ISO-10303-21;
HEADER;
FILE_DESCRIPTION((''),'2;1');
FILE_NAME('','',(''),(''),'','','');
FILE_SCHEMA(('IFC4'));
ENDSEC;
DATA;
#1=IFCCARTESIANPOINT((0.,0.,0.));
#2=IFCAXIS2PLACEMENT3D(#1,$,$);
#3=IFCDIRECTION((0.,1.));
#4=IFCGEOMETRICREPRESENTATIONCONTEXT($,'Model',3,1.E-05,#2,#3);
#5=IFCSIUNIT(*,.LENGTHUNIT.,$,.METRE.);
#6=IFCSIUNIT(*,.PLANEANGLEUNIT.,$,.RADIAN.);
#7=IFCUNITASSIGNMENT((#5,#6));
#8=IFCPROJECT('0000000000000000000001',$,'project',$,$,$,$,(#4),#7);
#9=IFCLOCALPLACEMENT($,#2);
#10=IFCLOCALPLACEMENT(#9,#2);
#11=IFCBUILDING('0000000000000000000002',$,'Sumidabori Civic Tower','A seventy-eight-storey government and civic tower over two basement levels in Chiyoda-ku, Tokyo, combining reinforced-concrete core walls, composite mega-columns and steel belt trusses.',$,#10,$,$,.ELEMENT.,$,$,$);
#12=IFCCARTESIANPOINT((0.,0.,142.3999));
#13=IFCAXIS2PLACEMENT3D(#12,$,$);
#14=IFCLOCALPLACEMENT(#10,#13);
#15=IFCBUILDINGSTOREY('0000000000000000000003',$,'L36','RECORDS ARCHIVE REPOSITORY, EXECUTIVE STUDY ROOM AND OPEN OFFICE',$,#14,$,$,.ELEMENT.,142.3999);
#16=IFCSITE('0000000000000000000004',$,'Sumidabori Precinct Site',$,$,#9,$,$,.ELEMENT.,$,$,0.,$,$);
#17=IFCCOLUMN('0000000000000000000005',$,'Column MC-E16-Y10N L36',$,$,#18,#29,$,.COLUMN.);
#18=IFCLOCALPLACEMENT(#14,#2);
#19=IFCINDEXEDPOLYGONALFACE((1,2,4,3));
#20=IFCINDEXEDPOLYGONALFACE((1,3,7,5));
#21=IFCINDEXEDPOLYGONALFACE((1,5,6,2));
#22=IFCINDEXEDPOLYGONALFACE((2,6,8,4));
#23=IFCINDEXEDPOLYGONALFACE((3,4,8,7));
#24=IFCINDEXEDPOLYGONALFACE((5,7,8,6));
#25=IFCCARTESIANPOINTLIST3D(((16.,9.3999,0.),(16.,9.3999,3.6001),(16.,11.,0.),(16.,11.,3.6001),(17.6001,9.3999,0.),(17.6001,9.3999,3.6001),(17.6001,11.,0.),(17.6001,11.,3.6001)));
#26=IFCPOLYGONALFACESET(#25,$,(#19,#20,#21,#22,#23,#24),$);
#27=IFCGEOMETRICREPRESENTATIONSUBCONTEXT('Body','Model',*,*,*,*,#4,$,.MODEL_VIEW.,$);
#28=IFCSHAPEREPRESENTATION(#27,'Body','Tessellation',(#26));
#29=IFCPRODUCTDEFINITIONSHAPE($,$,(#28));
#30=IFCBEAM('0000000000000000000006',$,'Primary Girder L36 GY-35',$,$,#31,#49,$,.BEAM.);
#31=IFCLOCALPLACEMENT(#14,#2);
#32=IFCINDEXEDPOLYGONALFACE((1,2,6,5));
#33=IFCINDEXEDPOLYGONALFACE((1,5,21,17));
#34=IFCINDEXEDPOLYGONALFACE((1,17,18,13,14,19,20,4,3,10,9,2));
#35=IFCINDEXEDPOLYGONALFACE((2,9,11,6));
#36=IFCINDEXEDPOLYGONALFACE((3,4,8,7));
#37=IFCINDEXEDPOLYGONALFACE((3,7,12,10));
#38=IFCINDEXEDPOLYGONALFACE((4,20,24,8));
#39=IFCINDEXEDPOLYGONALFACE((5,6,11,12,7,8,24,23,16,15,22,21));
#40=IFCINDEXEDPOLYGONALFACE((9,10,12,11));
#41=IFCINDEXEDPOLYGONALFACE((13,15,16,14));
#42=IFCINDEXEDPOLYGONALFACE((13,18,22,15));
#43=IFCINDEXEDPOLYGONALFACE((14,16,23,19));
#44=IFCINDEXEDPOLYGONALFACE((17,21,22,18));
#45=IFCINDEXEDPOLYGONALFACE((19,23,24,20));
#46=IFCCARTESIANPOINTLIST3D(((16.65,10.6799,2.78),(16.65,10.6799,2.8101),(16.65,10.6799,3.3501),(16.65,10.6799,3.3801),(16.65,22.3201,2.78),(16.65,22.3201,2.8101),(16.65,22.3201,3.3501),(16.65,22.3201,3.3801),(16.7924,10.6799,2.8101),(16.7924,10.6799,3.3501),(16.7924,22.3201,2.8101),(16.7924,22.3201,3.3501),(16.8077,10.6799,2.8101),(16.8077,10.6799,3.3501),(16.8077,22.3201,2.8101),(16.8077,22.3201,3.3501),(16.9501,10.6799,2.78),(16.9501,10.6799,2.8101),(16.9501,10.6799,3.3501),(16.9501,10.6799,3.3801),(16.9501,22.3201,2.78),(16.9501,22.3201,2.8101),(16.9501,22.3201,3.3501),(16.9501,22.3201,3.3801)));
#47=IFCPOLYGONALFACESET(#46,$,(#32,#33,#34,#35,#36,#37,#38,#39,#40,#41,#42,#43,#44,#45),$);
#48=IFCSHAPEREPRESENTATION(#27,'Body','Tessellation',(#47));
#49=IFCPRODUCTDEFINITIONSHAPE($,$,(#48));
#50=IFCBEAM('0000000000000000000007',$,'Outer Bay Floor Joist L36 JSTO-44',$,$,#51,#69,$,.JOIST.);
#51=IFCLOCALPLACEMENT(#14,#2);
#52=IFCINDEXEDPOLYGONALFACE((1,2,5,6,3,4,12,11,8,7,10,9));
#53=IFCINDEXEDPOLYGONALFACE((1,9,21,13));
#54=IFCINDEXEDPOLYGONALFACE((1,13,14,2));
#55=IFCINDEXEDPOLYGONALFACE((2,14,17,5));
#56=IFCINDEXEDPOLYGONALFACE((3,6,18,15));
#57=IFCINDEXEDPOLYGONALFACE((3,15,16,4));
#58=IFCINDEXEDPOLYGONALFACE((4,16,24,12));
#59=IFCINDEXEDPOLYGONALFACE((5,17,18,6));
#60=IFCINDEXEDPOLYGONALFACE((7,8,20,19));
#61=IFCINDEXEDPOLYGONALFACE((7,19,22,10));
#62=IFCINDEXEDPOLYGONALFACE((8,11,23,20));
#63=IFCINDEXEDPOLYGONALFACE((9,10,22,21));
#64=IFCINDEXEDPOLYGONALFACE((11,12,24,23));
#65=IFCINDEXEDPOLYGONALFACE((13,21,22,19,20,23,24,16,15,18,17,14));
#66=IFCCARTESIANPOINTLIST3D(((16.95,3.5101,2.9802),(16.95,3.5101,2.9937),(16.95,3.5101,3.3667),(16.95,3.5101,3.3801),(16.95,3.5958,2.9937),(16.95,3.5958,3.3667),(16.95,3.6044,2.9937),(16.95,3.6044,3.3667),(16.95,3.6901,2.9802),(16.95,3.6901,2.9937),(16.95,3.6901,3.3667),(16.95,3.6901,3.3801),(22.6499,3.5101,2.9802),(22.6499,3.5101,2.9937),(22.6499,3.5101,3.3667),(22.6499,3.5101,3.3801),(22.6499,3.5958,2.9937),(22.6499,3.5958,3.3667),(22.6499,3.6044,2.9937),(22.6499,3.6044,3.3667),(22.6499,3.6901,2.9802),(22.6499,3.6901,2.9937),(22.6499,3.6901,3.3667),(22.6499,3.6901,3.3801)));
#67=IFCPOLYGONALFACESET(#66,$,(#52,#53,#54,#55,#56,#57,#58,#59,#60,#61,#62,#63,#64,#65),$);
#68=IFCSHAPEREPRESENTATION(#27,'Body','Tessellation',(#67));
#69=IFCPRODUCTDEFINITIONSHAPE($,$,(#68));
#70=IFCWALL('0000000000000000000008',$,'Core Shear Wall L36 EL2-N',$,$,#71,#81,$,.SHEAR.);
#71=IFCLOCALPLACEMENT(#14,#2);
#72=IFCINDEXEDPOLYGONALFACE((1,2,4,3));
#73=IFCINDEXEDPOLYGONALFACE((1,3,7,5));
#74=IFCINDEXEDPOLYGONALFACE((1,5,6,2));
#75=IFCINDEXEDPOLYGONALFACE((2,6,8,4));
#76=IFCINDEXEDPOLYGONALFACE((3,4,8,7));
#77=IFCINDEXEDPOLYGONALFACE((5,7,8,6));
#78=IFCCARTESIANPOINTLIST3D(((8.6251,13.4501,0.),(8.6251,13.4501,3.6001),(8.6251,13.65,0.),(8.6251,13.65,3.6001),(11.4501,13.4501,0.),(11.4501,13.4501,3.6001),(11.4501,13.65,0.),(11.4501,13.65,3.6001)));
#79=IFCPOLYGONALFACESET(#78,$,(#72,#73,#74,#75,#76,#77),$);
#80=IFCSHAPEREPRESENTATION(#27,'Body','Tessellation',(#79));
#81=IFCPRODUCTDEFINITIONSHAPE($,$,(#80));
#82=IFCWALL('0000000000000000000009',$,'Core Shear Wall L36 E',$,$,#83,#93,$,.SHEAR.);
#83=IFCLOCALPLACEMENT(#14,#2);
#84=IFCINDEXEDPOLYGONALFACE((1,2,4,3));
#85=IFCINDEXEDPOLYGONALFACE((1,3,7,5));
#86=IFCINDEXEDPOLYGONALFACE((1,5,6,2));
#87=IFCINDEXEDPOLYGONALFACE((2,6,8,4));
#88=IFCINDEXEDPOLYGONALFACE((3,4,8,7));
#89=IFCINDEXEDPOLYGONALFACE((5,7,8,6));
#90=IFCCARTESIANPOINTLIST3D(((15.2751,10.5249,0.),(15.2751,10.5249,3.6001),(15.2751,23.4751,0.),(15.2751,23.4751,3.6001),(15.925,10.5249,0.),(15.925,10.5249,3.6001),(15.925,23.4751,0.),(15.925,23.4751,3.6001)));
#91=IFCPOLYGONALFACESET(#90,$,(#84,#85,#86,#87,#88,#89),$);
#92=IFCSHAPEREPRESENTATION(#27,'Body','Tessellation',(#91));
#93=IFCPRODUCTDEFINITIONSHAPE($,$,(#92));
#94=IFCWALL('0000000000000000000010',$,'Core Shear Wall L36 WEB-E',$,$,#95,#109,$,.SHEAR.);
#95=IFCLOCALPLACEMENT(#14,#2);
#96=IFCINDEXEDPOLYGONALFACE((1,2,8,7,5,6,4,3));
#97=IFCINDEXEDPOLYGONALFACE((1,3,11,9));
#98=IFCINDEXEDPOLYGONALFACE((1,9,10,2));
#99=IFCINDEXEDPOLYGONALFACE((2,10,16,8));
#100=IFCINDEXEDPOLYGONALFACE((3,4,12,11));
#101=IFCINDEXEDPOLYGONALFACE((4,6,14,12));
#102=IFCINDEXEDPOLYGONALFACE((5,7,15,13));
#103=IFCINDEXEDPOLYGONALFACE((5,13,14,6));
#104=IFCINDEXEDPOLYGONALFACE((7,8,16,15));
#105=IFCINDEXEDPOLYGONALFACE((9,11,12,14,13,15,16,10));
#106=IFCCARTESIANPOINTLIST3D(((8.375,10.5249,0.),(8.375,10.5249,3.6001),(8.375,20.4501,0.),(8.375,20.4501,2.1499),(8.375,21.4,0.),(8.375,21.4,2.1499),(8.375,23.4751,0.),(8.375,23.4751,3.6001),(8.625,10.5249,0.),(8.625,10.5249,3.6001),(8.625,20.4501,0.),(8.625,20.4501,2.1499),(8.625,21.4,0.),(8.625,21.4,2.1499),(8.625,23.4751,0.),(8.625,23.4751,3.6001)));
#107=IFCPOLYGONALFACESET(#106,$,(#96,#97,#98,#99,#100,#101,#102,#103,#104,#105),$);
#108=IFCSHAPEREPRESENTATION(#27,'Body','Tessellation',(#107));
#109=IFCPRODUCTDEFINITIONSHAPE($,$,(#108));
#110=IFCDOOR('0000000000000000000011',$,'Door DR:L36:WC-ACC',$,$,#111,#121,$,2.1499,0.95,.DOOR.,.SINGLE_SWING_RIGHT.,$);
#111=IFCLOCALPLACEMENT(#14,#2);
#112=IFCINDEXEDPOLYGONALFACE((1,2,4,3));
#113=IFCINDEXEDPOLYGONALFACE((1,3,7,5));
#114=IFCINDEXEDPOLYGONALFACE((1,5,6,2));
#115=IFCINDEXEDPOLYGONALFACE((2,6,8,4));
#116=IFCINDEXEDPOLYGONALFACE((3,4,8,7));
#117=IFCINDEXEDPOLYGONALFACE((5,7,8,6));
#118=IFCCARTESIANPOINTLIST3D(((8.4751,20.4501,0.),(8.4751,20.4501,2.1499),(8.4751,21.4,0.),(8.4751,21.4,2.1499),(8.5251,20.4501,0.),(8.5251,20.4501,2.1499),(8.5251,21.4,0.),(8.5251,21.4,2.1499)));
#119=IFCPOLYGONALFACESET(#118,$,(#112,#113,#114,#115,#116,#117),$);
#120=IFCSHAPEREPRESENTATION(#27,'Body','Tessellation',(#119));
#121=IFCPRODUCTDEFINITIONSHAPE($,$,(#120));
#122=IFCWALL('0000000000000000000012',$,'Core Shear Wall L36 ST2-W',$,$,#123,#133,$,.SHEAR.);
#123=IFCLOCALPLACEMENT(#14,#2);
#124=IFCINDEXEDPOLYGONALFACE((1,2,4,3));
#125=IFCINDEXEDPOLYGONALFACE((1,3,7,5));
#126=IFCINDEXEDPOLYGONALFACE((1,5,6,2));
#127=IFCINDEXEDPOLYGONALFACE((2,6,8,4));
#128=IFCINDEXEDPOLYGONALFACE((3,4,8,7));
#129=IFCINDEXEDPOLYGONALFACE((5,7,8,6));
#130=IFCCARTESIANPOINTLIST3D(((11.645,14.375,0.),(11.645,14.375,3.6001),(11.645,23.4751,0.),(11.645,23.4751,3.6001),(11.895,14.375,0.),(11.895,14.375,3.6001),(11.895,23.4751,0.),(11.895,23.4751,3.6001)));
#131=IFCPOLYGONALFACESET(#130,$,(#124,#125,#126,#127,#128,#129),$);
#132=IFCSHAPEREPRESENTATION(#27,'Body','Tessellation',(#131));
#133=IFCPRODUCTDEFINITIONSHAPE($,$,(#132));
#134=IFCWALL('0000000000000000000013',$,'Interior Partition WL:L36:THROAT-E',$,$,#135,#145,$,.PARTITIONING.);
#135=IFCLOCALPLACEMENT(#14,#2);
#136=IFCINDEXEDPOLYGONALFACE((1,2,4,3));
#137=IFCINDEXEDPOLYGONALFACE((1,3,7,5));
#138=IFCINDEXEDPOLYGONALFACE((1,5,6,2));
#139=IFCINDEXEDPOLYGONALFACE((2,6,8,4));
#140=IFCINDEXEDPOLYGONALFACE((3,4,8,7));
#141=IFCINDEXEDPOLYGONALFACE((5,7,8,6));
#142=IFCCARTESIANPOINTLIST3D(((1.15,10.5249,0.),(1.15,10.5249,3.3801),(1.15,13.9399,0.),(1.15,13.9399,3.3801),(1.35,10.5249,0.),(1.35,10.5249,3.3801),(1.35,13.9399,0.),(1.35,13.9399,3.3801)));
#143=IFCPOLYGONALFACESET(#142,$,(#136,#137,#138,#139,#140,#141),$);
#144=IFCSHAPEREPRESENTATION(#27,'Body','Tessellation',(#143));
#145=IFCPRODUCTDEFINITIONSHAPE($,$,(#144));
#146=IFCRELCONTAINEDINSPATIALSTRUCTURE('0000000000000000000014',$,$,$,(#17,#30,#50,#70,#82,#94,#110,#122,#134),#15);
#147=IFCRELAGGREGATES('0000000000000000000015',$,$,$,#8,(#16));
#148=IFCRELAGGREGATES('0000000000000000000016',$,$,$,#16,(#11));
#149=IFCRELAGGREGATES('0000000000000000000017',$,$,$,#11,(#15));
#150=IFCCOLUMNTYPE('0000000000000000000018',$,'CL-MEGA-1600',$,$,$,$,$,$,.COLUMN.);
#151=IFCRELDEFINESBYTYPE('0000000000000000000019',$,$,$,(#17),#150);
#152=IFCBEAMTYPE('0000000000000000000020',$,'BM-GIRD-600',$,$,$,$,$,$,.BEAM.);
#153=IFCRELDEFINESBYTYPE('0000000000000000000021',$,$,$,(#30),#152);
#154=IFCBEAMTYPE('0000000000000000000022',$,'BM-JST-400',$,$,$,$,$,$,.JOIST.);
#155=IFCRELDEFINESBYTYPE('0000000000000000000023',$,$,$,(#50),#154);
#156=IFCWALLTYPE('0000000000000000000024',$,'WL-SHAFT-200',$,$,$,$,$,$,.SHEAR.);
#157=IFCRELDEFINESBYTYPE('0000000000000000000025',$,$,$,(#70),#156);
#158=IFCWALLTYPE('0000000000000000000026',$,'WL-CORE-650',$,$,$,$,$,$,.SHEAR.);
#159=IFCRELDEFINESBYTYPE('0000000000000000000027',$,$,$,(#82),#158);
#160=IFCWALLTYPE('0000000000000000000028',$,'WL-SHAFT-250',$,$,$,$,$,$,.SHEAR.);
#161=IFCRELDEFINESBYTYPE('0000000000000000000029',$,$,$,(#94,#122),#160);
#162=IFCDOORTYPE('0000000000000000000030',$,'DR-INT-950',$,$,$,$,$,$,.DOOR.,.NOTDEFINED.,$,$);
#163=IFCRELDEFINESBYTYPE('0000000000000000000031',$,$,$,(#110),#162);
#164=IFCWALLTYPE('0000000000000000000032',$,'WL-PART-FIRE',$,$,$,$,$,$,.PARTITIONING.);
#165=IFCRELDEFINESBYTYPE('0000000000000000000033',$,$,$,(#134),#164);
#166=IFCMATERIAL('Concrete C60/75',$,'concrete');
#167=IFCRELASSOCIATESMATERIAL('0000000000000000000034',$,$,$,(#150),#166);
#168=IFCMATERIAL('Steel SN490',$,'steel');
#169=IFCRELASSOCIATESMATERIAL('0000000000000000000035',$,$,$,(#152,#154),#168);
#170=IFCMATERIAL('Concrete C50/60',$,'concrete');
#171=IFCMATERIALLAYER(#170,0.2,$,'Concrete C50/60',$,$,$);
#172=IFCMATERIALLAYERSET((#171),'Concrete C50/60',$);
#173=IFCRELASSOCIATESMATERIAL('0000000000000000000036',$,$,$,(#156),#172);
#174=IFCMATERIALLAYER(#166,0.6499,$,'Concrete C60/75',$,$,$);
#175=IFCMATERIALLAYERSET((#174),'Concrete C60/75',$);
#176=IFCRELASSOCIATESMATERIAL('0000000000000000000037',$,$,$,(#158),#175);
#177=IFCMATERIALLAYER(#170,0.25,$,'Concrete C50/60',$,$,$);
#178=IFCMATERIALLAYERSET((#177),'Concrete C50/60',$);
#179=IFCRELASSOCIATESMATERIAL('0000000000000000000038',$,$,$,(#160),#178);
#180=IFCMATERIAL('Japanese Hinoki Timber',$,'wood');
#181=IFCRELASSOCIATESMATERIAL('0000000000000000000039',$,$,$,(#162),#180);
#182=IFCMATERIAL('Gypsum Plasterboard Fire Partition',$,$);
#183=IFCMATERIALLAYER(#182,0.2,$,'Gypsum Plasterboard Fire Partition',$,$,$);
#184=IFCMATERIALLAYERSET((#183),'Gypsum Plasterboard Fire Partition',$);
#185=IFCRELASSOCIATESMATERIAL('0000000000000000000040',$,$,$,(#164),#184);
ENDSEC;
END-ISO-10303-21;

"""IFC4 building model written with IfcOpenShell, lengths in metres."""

from ifc_helpers import new_model, si_unit, direction, frame, frame_2d, origin, origin_2d, place, context, subcontext, project, spatial, rectangle, i_section, extrude, source, transform, mapped, material, layer, layer_set, material_profile, profile_set, type_object, element, fill, save


model = new_model("IFC4")

# Units and contexts
model_context = context("Model", 3, precision=1e-05, world=origin(), true_north=direction((0.0, 1.0)))
body_context = subcontext(model_context, "Body", "Model", "MODEL_VIEW")
ifc_project = project(units=[si_unit("LENGTHUNIT", "METRE"), si_unit("PLANEANGLEUNIT", "RADIAN")], contexts=[model_context])

# Site, building, storey
site_placement = place(None, origin())
site = spatial("IfcSite", under=ifc_project, at=site_placement, Name="Sumidabori Precinct Site", CompositionType="ELEMENT", RefElevation=0.0)
building_placement = place(site_placement, origin())
building = spatial("IfcBuilding", under=site, at=building_placement, Name="Sumidabori Civic Tower", Description="A seventy-eight-storey government and civic tower over two basement levels in Chiyoda-ku, Tokyo, combining reinforced-concrete core walls, composite mega-columns and steel belt trusses.", CompositionType="ELEMENT")
storey_placement = place(building_placement, frame((0.0, 0.0, 142.3999)))
storey = spatial("IfcBuildingStorey", under=building, at=storey_placement, Name="L36", Description="RECORDS ARCHIVE REPOSITORY, EXECUTIVE STUDY ROOM AND OPEN OFFICE", CompositionType="ELEMENT", Elevation=142.3999)

# Column
ifc_material_1 = material(Name="Concrete C60/75", Category="concrete")
ifc_material_profile_1 = material_profile(ifc_material_1, rectangle(XDim=1.6001, YDim=1.6001, at=origin_2d()), Name="RC 1600x1600")
ifc_profile_set_1 = profile_set([ifc_material_profile_1], Name="Concrete C60/75")
column_type = type_object("IfcColumnType", Name="CL-MEGA-1600", PredefinedType="COLUMN", material=ifc_profile_set_1)
shared_shape_1 = source(origin(), body_context, "Body", "SweptSolid", [
    extrude(rectangle(XDim=1.6001, YDim=1.6001, at=origin_2d()), origin(), (0.0, 0.0, 1.0), 3.6001),
])
column_placement = place(storey_placement, frame((16.8, 10.2, 0.0), z_axis=(0.0, 0.0, 1.0), x_axis=(1.0, 0.0, 0.0)))
element("IfcColumn", 1, at=column_placement, inside=storey, type_object=column_type, Name="Column MC-E16-Y10N L36", PredefinedType="COLUMN", context=body_context, shape_type="MappedRepresentation", body=[
    mapped(shared_shape_1, transform((0.0, 0.0, 0.0), x_axis=(1.0, 0.0, 0.0), y_axis=(0.0, 1.0, 0.0), z_axis=(0.0, 0.0, 1.0), scale=1.0)),
])

# Beams
ifc_material_2 = material(Name="Steel SN490", Category="steel")
ifc_material_profile_2 = material_profile(ifc_material_2, i_section(OverallWidth=0.3, OverallDepth=0.6001, WebThickness=0.0154, FlangeThickness=0.03, at=origin_2d()), Name="HE 600 B")
ifc_profile_set_2 = profile_set([ifc_material_profile_2], Name="Steel SN490")
beam_type_1 = type_object("IfcBeamType", Name="BM-GIRD-600", PredefinedType="BEAM", material=ifc_profile_set_2)
shared_shape_2 = source(origin(), body_context, "Body", "SweptSolid", [
    extrude(i_section(OverallWidth=0.3, OverallDepth=0.6001, WebThickness=0.0154, FlangeThickness=0.03, at=origin_2d()), origin(), (0.0, 0.0, 1.0), 11.6401),
])
beam_1_placement = place(storey_placement, frame((16.8, 10.6799, 3.0801), z_axis=(0.0, 1.0, 0.0), x_axis=(-1.0, 0.0, 0.0)))
element("IfcBeam", 2, at=beam_1_placement, inside=storey, type_object=beam_type_1, Name="Primary Girder L36 GY-35", PredefinedType="BEAM", context=body_context, shape_type="MappedRepresentation", body=[
    mapped(shared_shape_2, transform((0.0, 0.0, 0.0), x_axis=(1.0, 0.0, 0.0), y_axis=(0.0, 1.0, 0.0), z_axis=(0.0, 0.0, 1.0), scale=1.0)),
])
ifc_material_profile_3 = material_profile(ifc_material_2, i_section(OverallWidth=0.1799, OverallDepth=0.3999, WebThickness=0.0085, FlangeThickness=0.0134, at=origin_2d()), Name="IPE 400")
ifc_profile_set_3 = profile_set([ifc_material_profile_3], Name="Steel SN490")
beam_type_2 = type_object("IfcBeamType", Name="BM-JST-400", PredefinedType="JOIST", material=ifc_profile_set_3)
shared_shape_3 = source(origin(), body_context, "Body", "SweptSolid", [
    extrude(i_section(OverallWidth=0.1799, OverallDepth=0.3999, WebThickness=0.0085, FlangeThickness=0.0134, at=origin_2d()), origin(), (0.0, 0.0, 1.0), 5.7),
])
beam_2_placement = place(storey_placement, frame((16.95, 3.6001, 3.1802), z_axis=(1.0, 0.0, 0.0), x_axis=(0.0, 1.0, 0.0)))
element("IfcBeam", 3, at=beam_2_placement, inside=storey, type_object=beam_type_2, Name="Outer Bay Floor Joist L36 JSTO-44", PredefinedType="JOIST", context=body_context, shape_type="MappedRepresentation", body=[
    mapped(shared_shape_3, transform((0.0, 0.0, 0.0), x_axis=(1.0, 0.0, 0.0), y_axis=(0.0, 1.0, 0.0), z_axis=(0.0, 0.0, 1.0), scale=1.0)),
])

# Walls
ifc_material_3 = material(Name="Concrete C50/60", Category="concrete")
ifc_layer_1 = layer(ifc_material_3, 0.2, Name="Concrete C50/60")
ifc_layer_set_1 = layer_set([ifc_layer_1], Name="Concrete C50/60")
wall_type_1 = type_object("IfcWallType", Name="WL-SHAFT-200", PredefinedType="SHEAR", material=ifc_layer_set_1)
shared_shape_4 = source(origin(), body_context, "Body", "SweptSolid", [
    extrude(rectangle(XDim=2.825, YDim=0.2, at=frame_2d((1.4126, 0.0))), origin(), (0.0, 0.0, 1.0), 3.6001),
])
wall_1_placement = place(storey_placement, frame((8.625, 13.55, 0.0), z_axis=(0.0, 0.0, 1.0), x_axis=(1.0, 0.0, 0.0)))
element("IfcWall", 4, at=wall_1_placement, inside=storey, type_object=wall_type_1, Name="Core Shear Wall L36 EL2-N", PredefinedType="SHEAR", context=body_context, shape_type="MappedRepresentation", body=[
    mapped(shared_shape_4, transform((0.0, 0.0, 0.0), x_axis=(1.0, 0.0, 0.0), y_axis=(0.0, 1.0, 0.0), z_axis=(0.0, 0.0, 1.0), scale=1.0)),
])
ifc_layer_2 = layer(ifc_material_1, 0.6499, Name="Concrete C60/75")
ifc_layer_set_2 = layer_set([ifc_layer_2], Name="Concrete C60/75")
wall_type_2 = type_object("IfcWallType", Name="WL-CORE-650", PredefinedType="SHEAR", material=ifc_layer_set_2)
shared_shape_5 = source(origin(), body_context, "Body", "SweptSolid", [
    extrude(rectangle(XDim=12.9502, YDim=0.6499, at=frame_2d((6.4751, 0.0))), origin(), (0.0, 0.0, 1.0), 3.6001),
])
wall_2_placement = place(storey_placement, frame((15.6001, 10.5249, 0.0), z_axis=(0.0, 0.0, 1.0), x_axis=(0.0, 1.0, 0.0)))
element("IfcWall", 5, at=wall_2_placement, inside=storey, type_object=wall_type_2, Name="Core Shear Wall L36 E", PredefinedType="SHEAR", context=body_context, shape_type="MappedRepresentation", body=[
    mapped(shared_shape_5, transform((0.0, 0.0, 0.0), x_axis=(1.0, 0.0, 0.0), y_axis=(0.0, 1.0, 0.0), z_axis=(0.0, 0.0, 1.0), scale=1.0)),
])

# Wall, opening, door
ifc_layer_3 = layer(ifc_material_3, 0.25, Name="Concrete C50/60")
ifc_layer_set_3 = layer_set([ifc_layer_3], Name="Concrete C50/60")
wall_type_3 = type_object("IfcWallType", Name="WL-SHAFT-250", PredefinedType="SHEAR", material=ifc_layer_set_3)
shared_shape_6 = source(origin(), body_context, "Body", "SweptSolid", [
    extrude(rectangle(XDim=12.9502, YDim=0.25, at=frame_2d((6.4751, 0.0))), origin(), (0.0, 0.0, 1.0), 3.6001),
])
wall_3_placement = place(storey_placement, frame((8.5, 10.5249, 0.0), z_axis=(0.0, 0.0, 1.0), x_axis=(0.0, 1.0, 0.0)))
wall_3 = element("IfcWall", 6, at=wall_3_placement, inside=storey, type_object=wall_type_3, Name="Core Shear Wall L36 WEB-E", PredefinedType="SHEAR", context=body_context, shape_type="MappedRepresentation", body=[
    mapped(shared_shape_6, transform((0.0, 0.0, 0.0), x_axis=(1.0, 0.0, 0.0), y_axis=(0.0, 1.0, 0.0), z_axis=(0.0, 0.0, 1.0), scale=1.0)),
])
opening_1_placement = place(wall_3_placement, frame((9.925, 0.0, 0.0)))
opening_1 = element("IfcOpeningElement", 7, at=opening_1_placement, cuts=wall_3, PredefinedType="OPENING", context=body_context, shape_type="SweptSolid", body=[
    extrude(rectangle(XDim=0.95, YDim=2.1499, at=frame_2d((0.4751, 1.075))), frame((0.0, 0.137, 0.0), z_axis=(0.0, -1.0, 0.0), x_axis=(1.0, 0.0, 0.0)), (0.0, 0.0, 1.0), 0.2739),
])
ifc_material_4 = material(Name="Japanese Hinoki Timber", Category="wood")
door_type_1 = type_object("IfcDoorType", Name="DR-INT-950", OperationType="NOTDEFINED", PredefinedType="DOOR", material=ifc_material_4)
shared_shape_7 = source(origin(), body_context, "Body", "SweptSolid", [
    extrude(rectangle(XDim=0.95, YDim=2.1499, at=frame_2d((0.4751, 1.075))), frame((0.0, 0.0249, 0.0), z_axis=(0.0, -1.0, 0.0), x_axis=(1.0, 0.0, 0.0)), (0.0, 0.0, 1.0), 0.05),
])
door_1_placement = place(opening_1_placement, origin())
door_1 = element("IfcDoor", 8, at=door_1_placement, inside=storey, type_object=door_type_1, Name="Door DR:L36:WC-ACC", OperationType="SINGLE_SWING_RIGHT", OverallHeight=2.1499, OverallWidth=0.95, PredefinedType="DOOR", context=body_context, shape_type="MappedRepresentation", body=[
    mapped(shared_shape_7, transform((0.0, 0.0, 0.0), x_axis=(1.0, 0.0, 0.0), y_axis=(0.0, 1.0, 0.0), z_axis=(0.0, 0.0, 1.0), scale=1.0)),
])
fill(opening_1, door_1)

# Wall
shared_shape_8 = source(origin(), body_context, "Body", "SweptSolid", [
    extrude(rectangle(XDim=9.1001, YDim=0.25, at=frame_2d((4.55, 0.0))), origin(), (0.0, 0.0, 1.0), 3.6001),
])
wall_4_placement = place(storey_placement, frame((11.77, 14.375, 0.0), z_axis=(0.0, 0.0, 1.0), x_axis=(0.0, 1.0, 0.0)))
element("IfcWall", 9, at=wall_4_placement, inside=storey, type_object=wall_type_3, Name="Core Shear Wall L36 ST2-W", PredefinedType="SHEAR", context=body_context, shape_type="MappedRepresentation", body=[
    mapped(shared_shape_8, transform((0.0, 0.0, 0.0), x_axis=(1.0, 0.0, 0.0), y_axis=(0.0, 1.0, 0.0), z_axis=(0.0, 0.0, 1.0), scale=1.0)),
])

# Shared definitions
ifc_material_5 = material(Name="Gypsum Plasterboard Fire Partition")
ifc_layer_4 = layer(ifc_material_5, 0.2, Name="Gypsum Plasterboard Fire Partition")
ifc_layer_set_4 = layer_set([ifc_layer_4], Name="Gypsum Plasterboard Fire Partition")
wall_type_4 = type_object("IfcWallType", Name="WL-PART-FIRE", PredefinedType="PARTITIONING", material=ifc_layer_set_4)

# Wall
shared_shape_9 = source(origin(), body_context, "Body", "SweptSolid", [
    extrude(rectangle(XDim=3.415, YDim=0.2, at=frame_2d((1.7075, 0.0))), origin(), (0.0, 0.0, 1.0), 3.3801),
])
wall_5_placement = place(storey_placement, frame((1.25, 10.5249, 0.0), z_axis=(0.0, 0.0, 1.0), x_axis=(0.0, 1.0, 0.0)))
element("IfcWall", 10, at=wall_5_placement, inside=storey, type_object=wall_type_4, Name="Interior Partition WL:L36:THROAT-E", PredefinedType="PARTITIONING", context=body_context, shape_type="MappedRepresentation", body=[
    mapped(shared_shape_9, transform((0.0, 0.0, 0.0), x_axis=(1.0, 0.0, 0.0), y_axis=(0.0, 1.0, 0.0), z_axis=(0.0, 0.0, 1.0), scale=1.0)),
])

save(model, "model.ifc")
